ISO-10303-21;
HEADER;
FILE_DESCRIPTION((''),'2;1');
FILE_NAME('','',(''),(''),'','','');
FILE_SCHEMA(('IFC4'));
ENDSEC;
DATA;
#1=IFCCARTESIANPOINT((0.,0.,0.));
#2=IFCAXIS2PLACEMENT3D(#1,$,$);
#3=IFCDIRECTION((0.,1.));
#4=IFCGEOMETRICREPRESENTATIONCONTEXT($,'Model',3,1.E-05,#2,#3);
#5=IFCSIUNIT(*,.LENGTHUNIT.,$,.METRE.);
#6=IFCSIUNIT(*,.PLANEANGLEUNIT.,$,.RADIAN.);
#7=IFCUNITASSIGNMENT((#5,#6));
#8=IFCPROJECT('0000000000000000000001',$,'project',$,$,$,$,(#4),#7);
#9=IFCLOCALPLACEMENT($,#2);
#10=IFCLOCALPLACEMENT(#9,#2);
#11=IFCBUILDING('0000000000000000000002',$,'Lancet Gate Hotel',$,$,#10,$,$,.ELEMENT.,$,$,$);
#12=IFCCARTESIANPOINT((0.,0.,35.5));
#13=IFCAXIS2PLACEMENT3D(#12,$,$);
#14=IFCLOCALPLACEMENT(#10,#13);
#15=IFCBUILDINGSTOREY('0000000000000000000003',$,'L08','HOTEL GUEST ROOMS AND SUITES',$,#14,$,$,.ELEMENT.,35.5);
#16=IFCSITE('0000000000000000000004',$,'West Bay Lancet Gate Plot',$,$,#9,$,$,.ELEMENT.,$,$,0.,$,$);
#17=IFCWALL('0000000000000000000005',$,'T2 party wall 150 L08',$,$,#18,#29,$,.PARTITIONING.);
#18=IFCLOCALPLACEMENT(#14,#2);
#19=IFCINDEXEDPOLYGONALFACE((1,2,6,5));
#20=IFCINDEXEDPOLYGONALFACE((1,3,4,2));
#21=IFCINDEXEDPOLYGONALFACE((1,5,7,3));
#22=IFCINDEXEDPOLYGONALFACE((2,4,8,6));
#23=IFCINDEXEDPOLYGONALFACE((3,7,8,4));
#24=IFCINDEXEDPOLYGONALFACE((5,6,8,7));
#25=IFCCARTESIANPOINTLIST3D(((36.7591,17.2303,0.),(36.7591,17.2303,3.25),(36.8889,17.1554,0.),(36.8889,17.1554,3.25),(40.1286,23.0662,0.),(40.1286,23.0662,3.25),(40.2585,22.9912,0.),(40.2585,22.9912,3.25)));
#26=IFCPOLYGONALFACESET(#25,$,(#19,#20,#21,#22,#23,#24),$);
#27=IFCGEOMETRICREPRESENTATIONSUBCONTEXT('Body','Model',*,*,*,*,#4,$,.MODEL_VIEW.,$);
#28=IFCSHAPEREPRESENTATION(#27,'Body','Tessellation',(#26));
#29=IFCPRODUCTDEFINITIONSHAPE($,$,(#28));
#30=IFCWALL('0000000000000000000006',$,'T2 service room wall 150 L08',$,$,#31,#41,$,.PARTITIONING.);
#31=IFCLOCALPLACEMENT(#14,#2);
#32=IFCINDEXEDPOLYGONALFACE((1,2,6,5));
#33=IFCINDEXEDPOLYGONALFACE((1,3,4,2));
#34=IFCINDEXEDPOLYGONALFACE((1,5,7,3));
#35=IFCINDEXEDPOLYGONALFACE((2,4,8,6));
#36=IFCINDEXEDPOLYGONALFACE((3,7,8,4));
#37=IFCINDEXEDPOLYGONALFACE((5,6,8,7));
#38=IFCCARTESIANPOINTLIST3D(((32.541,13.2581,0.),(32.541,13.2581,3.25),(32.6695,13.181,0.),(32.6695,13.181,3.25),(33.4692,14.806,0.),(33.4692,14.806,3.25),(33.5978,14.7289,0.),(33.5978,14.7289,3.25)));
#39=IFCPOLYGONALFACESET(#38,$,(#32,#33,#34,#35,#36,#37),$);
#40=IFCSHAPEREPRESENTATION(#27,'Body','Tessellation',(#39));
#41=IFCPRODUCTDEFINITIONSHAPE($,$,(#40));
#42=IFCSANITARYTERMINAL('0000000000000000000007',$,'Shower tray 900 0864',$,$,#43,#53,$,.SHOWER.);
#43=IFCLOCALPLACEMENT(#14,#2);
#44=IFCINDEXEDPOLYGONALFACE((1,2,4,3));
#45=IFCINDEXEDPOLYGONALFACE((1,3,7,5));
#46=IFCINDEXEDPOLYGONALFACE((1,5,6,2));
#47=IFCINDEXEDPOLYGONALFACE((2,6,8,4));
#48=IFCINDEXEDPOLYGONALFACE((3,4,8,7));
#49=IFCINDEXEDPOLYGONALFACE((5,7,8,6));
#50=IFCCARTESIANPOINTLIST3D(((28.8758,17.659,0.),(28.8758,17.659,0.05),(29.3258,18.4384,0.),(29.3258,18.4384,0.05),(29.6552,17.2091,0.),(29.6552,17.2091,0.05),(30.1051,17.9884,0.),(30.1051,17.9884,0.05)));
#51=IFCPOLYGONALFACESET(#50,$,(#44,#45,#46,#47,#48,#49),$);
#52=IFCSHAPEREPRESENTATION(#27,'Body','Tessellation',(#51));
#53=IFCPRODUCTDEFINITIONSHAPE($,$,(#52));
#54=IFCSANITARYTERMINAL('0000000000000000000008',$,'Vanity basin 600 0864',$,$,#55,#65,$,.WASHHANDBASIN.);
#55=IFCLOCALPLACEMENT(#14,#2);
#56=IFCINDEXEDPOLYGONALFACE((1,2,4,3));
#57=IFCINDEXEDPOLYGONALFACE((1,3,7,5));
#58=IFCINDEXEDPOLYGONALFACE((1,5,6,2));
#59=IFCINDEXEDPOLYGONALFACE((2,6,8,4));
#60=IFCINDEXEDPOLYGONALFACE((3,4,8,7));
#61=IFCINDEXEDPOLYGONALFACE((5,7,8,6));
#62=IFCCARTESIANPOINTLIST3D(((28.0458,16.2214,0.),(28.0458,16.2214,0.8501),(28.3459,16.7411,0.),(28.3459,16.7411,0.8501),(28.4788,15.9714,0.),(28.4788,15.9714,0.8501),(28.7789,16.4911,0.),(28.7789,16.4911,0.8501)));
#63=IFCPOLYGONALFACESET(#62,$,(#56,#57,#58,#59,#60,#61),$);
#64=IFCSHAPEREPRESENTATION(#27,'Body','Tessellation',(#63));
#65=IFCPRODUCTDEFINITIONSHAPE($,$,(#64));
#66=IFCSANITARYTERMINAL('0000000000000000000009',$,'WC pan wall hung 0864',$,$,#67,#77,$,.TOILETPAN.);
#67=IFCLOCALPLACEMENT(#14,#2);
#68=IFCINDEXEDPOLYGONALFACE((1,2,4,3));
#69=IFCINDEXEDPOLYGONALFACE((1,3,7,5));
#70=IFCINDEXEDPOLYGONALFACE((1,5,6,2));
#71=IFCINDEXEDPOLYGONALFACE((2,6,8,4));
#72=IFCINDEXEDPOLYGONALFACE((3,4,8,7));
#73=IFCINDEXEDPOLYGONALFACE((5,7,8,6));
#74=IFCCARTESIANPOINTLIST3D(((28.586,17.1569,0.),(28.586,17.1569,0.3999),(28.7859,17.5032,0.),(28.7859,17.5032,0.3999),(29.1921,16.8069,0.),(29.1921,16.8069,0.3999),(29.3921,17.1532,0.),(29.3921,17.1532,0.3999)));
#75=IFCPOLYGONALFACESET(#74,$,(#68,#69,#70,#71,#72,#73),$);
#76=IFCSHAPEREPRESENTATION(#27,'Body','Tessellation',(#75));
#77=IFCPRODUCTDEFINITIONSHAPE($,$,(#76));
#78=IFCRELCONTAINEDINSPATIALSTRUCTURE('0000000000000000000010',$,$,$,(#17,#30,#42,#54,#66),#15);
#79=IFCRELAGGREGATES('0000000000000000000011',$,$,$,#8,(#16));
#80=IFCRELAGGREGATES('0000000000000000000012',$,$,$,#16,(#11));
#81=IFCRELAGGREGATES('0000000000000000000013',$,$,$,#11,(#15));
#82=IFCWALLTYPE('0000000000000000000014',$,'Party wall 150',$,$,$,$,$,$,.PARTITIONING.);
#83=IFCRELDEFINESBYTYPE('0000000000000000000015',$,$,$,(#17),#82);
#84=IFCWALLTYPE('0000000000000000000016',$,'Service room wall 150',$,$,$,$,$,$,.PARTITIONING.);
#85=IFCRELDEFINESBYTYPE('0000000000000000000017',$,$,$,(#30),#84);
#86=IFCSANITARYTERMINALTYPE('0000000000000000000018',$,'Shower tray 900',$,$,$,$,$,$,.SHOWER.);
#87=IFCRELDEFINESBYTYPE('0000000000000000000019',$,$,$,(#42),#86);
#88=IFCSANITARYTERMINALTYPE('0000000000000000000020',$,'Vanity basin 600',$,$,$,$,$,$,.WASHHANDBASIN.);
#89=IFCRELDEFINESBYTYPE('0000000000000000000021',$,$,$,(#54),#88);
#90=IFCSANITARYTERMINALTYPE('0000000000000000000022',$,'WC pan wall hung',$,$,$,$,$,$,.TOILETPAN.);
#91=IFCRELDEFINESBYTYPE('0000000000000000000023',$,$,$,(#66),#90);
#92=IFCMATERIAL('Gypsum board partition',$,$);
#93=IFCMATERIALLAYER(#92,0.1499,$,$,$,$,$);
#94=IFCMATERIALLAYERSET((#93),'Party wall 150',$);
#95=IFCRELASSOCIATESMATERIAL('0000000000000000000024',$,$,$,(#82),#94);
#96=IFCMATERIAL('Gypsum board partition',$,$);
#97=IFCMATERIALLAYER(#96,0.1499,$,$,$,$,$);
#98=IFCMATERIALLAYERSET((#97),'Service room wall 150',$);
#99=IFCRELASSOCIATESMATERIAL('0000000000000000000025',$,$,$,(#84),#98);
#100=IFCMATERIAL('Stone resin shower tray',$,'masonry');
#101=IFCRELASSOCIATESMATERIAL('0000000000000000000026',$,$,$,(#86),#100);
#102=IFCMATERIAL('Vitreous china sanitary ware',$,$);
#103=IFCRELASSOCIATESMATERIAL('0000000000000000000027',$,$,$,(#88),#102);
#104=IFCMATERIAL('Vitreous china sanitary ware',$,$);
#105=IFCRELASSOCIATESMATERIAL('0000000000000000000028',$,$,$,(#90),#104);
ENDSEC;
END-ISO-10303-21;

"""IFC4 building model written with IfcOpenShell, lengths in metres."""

from ifc_helpers import new_model, si_unit, direction, frame, frame_2d, origin, origin_2d, place, context, subcontext, project, spatial, rectangle, extrude, material, layer, layer_set, type_object, element, save


model = new_model("IFC4")

# Units and contexts
model_context = context("Model", 3, precision=1e-05, world=origin(), true_north=direction((0.0, 1.0)))
body_context = subcontext(model_context, "Body", "Model", "MODEL_VIEW")
ifc_project = project(units=[si_unit("LENGTHUNIT", "METRE"), si_unit("PLANEANGLEUNIT", "RADIAN")], contexts=[model_context])

# Site, building, storey
site_placement = place(None, origin())
site = spatial("IfcSite", under=ifc_project, at=site_placement, Name="West Bay Lancet Gate Plot", CompositionType="ELEMENT", RefElevation=0.0)
building_placement = place(site_placement, origin())
building = spatial("IfcBuilding", under=site, at=building_placement, Name="Lancet Gate Hotel", CompositionType="ELEMENT")
storey_placement = place(building_placement, frame((0.0, 0.0, 35.5)))
storey = spatial("IfcBuildingStorey", under=building, at=storey_placement, Name="L08", Description="HOTEL GUEST ROOMS AND SUITES", CompositionType="ELEMENT", Elevation=35.5)

# Walls
ifc_material_1 = material(Name="Gypsum board partition")
ifc_layer_1 = layer(ifc_material_1, 0.1499)
ifc_layer_set_1 = layer_set([ifc_layer_1], Name="Party wall 150")
wall_type_1 = type_object("IfcWallType", Name="Party wall 150", PredefinedType="PARTITIONING", material=ifc_layer_set_1)
wall_1_placement = place(storey_placement, frame((36.824, 17.1929, 0.0), z_axis=(0.0, 0.0, 1.0), x_axis=(0.500028, 0.866009, 0.0)))
element("IfcWall", 1, at=wall_1_placement, inside=storey, type_object=wall_type_1, Name="T2 party wall 150 L08", PredefinedType="PARTITIONING", context=body_context, shape_type="SweptSolid", body=[
    extrude(rectangle(XDim=6.7388, YDim=0.1499, at=frame_2d((3.3694, 0.0))), origin(), (0.0, 0.0, 1.0), 3.25),
])
ifc_material_2 = material(Name="Gypsum board partition")
ifc_layer_2 = layer(ifc_material_2, 0.1499)
ifc_layer_set_2 = layer_set([ifc_layer_2], Name="Service room wall 150")
wall_type_2 = type_object("IfcWallType", Name="Service room wall 150", PredefinedType="PARTITIONING", material=ifc_layer_set_2)
wall_2_placement = place(storey_placement, frame((33.5334, 14.7673, 0.0), z_axis=(0.0, 0.0, 1.0), x_axis=(-0.514297, -0.857612, 0.0)))
element("IfcWall", 2, at=wall_2_placement, inside=storey, type_object=wall_type_2, Name="T2 service room wall 150 L08", PredefinedType="PARTITIONING", context=body_context, shape_type="SweptSolid", body=[
    extrude(rectangle(XDim=1.8049, YDim=0.1499, at=frame_2d((0.9023, 0.0))), origin(), (0.0, 0.0, 1.0), 3.25),
])

# Sanitary terminals
ifc_material_3 = material(Name="Stone resin shower tray", Category="masonry")
sanitary_terminal_type_1 = type_object("IfcSanitaryTerminalType", Name="Shower tray 900", PredefinedType="SHOWER", material=ifc_material_3)
sanitary_terminal_1_placement = place(storey_placement, frame((29.4905, 17.8237, 0.0), z_axis=(0.0, 0.0, 1.0), x_axis=(0.5, 0.866025, 0.0)))
element("IfcSanitaryTerminal", 3, at=sanitary_terminal_1_placement, inside=storey, type_object=sanitary_terminal_type_1, Name="Shower tray 900 0864", PredefinedType="SHOWER", context=body_context, shape_type="SweptSolid", body=[
    extrude(rectangle(XDim=0.8999, YDim=0.8999, at=origin_2d()), origin(), (0.0, 0.0, 1.0), 0.05),
])
ifc_material_4 = material(Name="Vitreous china sanitary ware")
sanitary_terminal_type_2 = type_object("IfcSanitaryTerminalType", Name="Vanity basin 600", PredefinedType="WASHHANDBASIN", material=ifc_material_4)
sanitary_terminal_2_placement = place(storey_placement, frame((28.4124, 16.3562, 0.0), z_axis=(0.0, 0.0, 1.0), x_axis=(0.5, 0.866025, 0.0)))
element("IfcSanitaryTerminal", 4, at=sanitary_terminal_2_placement, inside=storey, type_object=sanitary_terminal_type_2, Name="Vanity basin 600 0864", PredefinedType="WASHHANDBASIN", context=body_context, shape_type="SweptSolid", body=[
    extrude(rectangle(XDim=0.6001, YDim=0.5, at=origin_2d()), origin(), (0.0, 0.0, 1.0), 0.8501),
])
ifc_material_5 = material(Name="Vitreous china sanitary ware")
sanitary_terminal_type_3 = type_object("IfcSanitaryTerminalType", Name="WC pan wall hung", PredefinedType="TOILETPAN", material=ifc_material_5)
sanitary_terminal_3_placement = place(storey_placement, frame((28.989, 17.155, 0.0), z_axis=(0.0, 0.0, 1.0), x_axis=(0.5, 0.866025, 0.0)))
element("IfcSanitaryTerminal", 5, at=sanitary_terminal_3_placement, inside=storey, type_object=sanitary_terminal_type_3, Name="WC pan wall hung 0864", PredefinedType="TOILETPAN", context=body_context, shape_type="SweptSolid", body=[
    extrude(rectangle(XDim=0.3999, YDim=0.7, at=origin_2d()), origin(), (0.0, 0.0, 1.0), 0.3999),
])

save(model, "model.ifc")
